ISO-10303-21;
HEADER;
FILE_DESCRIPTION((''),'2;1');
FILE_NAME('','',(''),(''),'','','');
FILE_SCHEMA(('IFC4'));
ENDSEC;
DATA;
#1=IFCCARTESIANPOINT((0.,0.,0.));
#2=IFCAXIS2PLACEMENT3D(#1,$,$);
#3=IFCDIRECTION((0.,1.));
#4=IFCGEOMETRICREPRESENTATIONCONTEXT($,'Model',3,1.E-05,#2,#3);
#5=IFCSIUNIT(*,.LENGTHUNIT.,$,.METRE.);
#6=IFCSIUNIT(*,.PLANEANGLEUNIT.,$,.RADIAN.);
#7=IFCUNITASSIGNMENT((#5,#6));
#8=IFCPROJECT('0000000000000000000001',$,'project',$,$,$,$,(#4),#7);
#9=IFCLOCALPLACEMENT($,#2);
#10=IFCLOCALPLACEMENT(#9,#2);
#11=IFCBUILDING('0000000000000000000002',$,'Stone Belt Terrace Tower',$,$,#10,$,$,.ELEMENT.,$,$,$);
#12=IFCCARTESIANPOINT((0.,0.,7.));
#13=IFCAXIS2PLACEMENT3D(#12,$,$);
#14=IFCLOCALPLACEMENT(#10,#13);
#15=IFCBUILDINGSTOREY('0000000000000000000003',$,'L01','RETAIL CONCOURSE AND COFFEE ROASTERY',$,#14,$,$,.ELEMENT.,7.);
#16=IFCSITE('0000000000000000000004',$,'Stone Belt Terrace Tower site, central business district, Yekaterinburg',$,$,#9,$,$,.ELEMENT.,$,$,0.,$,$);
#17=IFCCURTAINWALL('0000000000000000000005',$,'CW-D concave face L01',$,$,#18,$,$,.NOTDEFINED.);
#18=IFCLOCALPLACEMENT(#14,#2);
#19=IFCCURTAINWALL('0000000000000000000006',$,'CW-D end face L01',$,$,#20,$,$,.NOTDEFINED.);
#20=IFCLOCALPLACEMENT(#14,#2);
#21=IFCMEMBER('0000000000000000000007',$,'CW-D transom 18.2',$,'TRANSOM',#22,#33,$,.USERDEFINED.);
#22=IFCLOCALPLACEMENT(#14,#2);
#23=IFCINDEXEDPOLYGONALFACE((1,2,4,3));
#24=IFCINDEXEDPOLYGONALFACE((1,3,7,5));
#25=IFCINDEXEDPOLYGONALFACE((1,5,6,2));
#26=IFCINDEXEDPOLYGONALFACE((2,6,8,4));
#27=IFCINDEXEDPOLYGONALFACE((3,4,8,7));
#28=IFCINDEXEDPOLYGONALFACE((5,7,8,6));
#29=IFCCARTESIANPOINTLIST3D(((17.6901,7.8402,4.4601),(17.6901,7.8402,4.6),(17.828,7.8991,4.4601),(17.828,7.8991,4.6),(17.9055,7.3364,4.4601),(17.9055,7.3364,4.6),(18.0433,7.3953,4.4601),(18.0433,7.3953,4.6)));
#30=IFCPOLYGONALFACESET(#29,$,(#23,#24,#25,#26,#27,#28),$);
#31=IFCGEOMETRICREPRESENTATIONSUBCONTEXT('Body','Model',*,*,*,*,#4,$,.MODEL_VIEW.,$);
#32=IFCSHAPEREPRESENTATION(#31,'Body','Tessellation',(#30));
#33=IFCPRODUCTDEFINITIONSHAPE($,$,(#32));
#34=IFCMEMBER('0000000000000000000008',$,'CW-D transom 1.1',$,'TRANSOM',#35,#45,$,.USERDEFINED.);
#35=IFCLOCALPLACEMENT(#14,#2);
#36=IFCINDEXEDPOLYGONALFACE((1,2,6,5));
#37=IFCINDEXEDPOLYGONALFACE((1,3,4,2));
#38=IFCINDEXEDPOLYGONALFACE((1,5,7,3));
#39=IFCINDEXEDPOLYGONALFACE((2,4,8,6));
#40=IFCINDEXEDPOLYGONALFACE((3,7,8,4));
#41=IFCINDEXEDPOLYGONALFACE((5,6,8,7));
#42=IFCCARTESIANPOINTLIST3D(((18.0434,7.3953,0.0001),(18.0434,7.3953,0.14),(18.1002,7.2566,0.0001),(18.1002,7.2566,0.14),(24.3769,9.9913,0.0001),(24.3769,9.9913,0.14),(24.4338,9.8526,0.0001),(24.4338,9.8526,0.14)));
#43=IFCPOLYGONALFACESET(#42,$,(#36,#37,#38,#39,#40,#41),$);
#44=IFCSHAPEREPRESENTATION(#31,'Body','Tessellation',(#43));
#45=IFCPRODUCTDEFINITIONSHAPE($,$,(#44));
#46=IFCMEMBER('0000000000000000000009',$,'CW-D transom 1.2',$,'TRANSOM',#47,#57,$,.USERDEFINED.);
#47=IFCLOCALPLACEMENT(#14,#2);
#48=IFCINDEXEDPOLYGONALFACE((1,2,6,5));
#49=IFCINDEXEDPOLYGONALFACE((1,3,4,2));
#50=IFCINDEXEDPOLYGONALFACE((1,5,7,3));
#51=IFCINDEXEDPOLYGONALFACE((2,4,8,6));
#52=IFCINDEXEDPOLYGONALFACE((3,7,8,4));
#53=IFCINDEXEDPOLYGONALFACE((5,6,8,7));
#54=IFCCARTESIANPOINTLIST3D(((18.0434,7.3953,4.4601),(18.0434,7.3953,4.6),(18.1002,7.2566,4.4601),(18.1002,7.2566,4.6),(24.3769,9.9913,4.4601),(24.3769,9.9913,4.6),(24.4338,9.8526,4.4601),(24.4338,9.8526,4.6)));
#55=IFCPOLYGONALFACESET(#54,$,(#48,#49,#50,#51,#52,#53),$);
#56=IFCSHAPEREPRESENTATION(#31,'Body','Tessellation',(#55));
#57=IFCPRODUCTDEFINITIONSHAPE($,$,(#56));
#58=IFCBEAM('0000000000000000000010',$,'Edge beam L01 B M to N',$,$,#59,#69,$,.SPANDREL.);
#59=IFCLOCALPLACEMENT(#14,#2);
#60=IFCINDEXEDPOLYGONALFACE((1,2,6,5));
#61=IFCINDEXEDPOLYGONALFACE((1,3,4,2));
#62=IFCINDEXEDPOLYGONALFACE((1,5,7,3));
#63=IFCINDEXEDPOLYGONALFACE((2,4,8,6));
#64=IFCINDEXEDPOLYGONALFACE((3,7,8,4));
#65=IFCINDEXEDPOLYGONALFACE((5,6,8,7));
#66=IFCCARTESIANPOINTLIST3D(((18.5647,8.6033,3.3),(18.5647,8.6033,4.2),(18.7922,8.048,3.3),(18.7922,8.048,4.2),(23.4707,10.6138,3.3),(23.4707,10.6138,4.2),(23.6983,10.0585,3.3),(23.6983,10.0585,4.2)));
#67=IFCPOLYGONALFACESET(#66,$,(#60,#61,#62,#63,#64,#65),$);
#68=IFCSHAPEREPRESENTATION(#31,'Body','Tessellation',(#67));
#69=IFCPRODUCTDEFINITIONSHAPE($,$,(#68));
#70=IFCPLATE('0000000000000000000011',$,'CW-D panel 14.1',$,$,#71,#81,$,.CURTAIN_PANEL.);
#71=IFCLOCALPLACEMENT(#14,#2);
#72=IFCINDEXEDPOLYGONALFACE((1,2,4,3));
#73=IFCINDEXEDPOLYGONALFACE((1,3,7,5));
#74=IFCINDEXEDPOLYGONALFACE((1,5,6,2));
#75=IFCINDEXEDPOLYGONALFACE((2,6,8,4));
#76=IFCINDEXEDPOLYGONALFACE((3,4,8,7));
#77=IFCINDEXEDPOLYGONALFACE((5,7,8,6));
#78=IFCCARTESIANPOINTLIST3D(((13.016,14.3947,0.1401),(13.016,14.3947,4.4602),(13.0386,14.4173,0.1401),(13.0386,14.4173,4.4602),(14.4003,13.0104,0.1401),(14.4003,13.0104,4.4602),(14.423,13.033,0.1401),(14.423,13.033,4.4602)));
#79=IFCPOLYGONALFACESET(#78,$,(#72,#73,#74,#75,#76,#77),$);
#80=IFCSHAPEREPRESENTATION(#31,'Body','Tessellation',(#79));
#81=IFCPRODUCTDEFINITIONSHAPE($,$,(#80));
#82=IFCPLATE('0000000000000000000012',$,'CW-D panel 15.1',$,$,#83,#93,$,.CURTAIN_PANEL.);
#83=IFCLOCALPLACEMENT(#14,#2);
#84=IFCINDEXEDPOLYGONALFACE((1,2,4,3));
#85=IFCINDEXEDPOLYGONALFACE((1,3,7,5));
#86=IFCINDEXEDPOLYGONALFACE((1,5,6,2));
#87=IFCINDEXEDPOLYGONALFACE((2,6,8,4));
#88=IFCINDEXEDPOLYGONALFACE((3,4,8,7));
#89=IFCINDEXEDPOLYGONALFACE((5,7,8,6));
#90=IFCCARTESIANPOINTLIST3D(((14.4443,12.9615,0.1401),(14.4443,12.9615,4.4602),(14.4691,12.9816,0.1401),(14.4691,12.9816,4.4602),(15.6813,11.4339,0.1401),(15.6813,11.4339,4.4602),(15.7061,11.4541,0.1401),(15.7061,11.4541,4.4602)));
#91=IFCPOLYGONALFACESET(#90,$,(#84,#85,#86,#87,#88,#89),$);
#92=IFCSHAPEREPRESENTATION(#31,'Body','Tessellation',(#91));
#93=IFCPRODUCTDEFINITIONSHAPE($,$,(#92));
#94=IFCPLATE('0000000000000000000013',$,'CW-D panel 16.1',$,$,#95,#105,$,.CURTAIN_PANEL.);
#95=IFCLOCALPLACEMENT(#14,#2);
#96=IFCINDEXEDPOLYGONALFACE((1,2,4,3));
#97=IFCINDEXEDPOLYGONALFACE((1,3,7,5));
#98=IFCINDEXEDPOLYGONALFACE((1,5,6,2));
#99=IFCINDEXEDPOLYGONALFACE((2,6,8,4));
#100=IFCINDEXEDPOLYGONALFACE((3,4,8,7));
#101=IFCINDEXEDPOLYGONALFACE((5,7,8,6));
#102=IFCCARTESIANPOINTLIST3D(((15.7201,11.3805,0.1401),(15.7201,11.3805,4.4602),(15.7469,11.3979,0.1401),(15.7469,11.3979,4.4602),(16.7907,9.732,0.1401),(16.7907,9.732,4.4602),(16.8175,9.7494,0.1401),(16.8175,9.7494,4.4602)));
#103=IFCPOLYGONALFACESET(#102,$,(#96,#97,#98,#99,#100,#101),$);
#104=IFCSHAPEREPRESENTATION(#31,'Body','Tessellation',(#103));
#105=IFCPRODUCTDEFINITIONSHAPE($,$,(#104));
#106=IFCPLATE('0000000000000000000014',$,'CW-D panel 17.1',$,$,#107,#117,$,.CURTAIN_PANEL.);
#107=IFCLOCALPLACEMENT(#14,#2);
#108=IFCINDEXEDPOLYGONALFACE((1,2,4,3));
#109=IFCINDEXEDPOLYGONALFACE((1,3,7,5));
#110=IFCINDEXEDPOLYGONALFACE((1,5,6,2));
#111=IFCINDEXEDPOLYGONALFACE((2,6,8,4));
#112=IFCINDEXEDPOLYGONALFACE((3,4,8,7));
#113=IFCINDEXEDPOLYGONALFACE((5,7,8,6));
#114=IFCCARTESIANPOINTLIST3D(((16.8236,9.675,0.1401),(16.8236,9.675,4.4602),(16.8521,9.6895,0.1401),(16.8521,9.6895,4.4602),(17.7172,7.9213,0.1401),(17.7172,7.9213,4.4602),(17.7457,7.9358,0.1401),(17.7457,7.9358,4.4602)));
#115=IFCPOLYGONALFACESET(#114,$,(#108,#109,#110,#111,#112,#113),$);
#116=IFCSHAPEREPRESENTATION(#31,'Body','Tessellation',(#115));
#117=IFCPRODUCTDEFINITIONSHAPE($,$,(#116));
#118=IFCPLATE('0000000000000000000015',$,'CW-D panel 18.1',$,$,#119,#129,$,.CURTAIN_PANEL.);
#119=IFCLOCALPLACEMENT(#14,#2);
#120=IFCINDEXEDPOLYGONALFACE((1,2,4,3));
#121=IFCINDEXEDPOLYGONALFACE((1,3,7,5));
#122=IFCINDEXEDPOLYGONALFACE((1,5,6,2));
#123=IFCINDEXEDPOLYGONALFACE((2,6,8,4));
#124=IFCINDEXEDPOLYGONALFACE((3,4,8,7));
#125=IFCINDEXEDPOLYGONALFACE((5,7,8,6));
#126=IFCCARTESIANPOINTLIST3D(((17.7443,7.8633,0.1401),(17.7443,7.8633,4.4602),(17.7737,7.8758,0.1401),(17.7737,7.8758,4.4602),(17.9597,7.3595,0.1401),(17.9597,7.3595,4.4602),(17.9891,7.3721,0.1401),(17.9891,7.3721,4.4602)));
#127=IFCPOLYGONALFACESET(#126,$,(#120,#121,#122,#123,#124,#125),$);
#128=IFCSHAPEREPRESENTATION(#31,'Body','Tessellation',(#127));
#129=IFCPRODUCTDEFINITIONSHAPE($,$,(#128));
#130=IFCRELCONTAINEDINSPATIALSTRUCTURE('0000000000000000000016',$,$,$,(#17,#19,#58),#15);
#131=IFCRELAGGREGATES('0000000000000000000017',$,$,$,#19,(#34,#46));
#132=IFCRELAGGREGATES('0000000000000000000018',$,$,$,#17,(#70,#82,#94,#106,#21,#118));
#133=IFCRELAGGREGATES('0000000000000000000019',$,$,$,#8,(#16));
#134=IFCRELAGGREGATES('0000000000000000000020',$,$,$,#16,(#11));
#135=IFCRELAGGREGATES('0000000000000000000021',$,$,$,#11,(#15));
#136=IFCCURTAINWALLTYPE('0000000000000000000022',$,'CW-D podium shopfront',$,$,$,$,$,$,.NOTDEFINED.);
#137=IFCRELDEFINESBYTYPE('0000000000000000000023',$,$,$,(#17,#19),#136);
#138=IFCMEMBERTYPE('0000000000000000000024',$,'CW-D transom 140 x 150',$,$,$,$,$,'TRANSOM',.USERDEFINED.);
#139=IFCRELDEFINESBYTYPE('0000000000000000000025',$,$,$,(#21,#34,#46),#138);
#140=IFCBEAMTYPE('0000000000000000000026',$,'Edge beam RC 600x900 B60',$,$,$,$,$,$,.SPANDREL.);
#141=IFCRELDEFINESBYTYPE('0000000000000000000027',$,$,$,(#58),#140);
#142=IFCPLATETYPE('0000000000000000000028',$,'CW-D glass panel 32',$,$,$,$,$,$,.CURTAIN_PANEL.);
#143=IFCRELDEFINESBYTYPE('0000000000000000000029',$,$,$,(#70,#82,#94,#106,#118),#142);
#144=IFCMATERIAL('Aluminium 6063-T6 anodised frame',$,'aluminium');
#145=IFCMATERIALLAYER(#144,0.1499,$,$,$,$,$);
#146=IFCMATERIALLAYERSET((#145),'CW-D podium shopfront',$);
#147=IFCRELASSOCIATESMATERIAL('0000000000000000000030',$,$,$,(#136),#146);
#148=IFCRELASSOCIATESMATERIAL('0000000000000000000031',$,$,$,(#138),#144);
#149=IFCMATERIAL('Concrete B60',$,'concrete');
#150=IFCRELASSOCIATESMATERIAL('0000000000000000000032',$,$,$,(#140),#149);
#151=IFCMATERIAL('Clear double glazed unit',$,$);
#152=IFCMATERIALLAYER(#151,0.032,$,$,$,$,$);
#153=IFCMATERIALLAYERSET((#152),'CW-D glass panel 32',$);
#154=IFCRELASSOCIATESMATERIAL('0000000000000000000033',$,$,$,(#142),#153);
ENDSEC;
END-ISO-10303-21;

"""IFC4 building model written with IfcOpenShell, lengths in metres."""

from ifc_helpers import new_model, si_unit, direction, frame, origin, origin_2d, place, context, subcontext, project, spatial, rectangle, extrude, material, layer, layer_set, material_profile, profile_set, type_object, element, aggregate, save


model = new_model("IFC4")

# Units and contexts
model_context = context("Model", 3, precision=1e-05, world=origin(), true_north=direction((0.0, 1.0)))
body_context = subcontext(model_context, "Body", "Model", "MODEL_VIEW")
ifc_project = project(units=[si_unit("LENGTHUNIT", "METRE"), si_unit("PLANEANGLEUNIT", "RADIAN")], contexts=[model_context])

# Site, building, storey
site_placement = place(None, origin())
site = spatial("IfcSite", under=ifc_project, at=site_placement, Name="Stone Belt Terrace Tower site, central business district, Yekaterinburg", CompositionType="ELEMENT", RefElevation=0.0)
building_placement = place(site_placement, origin())
building = spatial("IfcBuilding", under=site, at=building_placement, Name="Stone Belt Terrace Tower", CompositionType="ELEMENT")
storey_placement = place(building_placement, frame((0.0, 0.0, 7.0)))
storey = spatial("IfcBuildingStorey", under=building, at=storey_placement, Name="L01", Description="RETAIL CONCOURSE AND COFFEE ROASTERY", CompositionType="ELEMENT", Elevation=7.0)

# Shared definitions
ifc_material_1 = material(Name="Concrete B60", Category="concrete")

# Curtain wall
ifc_material_2 = material(Name="Aluminium 6063-T6 anodised frame", Category="aluminium")
ifc_layer_1 = layer(ifc_material_2, 0.1499)
ifc_layer_set_1 = layer_set([ifc_layer_1], Name="CW-D podium shopfront")
curtain_wall_type = type_object("IfcCurtainWallType", Name="CW-D podium shopfront", PredefinedType="NOTDEFINED", material=ifc_layer_set_1)
curtain_wall_1_placement = place(storey_placement, origin())
curtain_wall_1 = element("IfcCurtainWall", 1, at=curtain_wall_1_placement, inside=storey, type_object=curtain_wall_type, Name="CW-D concave face L01", PredefinedType="NOTDEFINED")

# Curtain wall
curtain_wall_2_placement = place(storey_placement, origin())
curtain_wall_2 = element("IfcCurtainWall", 2, at=curtain_wall_2_placement, inside=storey, type_object=curtain_wall_type, Name="CW-D end face L01", PredefinedType="NOTDEFINED")

# Members
ifc_material_profile_1 = material_profile(ifc_material_2, rectangle(XDim=0.1499, YDim=0.1399, at=origin_2d()), Name="Aluminium 6063-T6 150x140")
ifc_profile_set_1 = profile_set([ifc_material_profile_1], Name="Aluminium 6063-T6 anodised frame")
member_type_1 = type_object("IfcMemberType", Name="CW-D transom 140 x 150", ElementType="TRANSOM", PredefinedType="USERDEFINED", material=ifc_profile_set_1)
member_1_placement = place(storey_placement, frame((17.759, 7.8696, 4.53), z_axis=(0.393112, -0.91949, 0.0), x_axis=(0.91949, 0.393112, 0.0)))
member_1 = element("IfcMember", 3, at=member_1_placement, type_object=member_type_1, Name="CW-D transom 18.2", ObjectType="TRANSOM", PredefinedType="USERDEFINED", context=body_context, shape_type="SweptSolid", body=[
    extrude(rectangle(XDim=0.1499, YDim=0.1399, at=origin_2d()), origin(), (0.0, 0.0, 1.0), 0.5479),
])
member_2_placement = place(storey_placement, frame((18.0718, 7.3259, 0.0701), z_axis=(0.925292, 0.379255, 0.0), x_axis=(-0.379255, 0.925292, 0.0)))
member_2 = element("IfcMember", 4, at=member_2_placement, type_object=member_type_1, Name="CW-D transom 1.1", ObjectType="TRANSOM", PredefinedType="USERDEFINED", context=body_context, shape_type="SweptSolid", body=[
    extrude(rectangle(XDim=0.1499, YDim=0.1399, at=origin_2d()), origin(), (0.0, 0.0, 1.0), 6.845),
])
member_3_placement = place(storey_placement, frame((18.0718, 7.3259, 4.53), z_axis=(0.925292, 0.379255, 0.0), x_axis=(-0.379255, 0.925292, 0.0)))
member_3 = element("IfcMember", 5, at=member_3_placement, type_object=member_type_1, Name="CW-D transom 1.2", ObjectType="TRANSOM", PredefinedType="USERDEFINED", context=body_context, shape_type="SweptSolid", body=[
    extrude(rectangle(XDim=0.1499, YDim=0.1399, at=origin_2d()), origin(), (0.0, 0.0, 1.0), 6.845),
])
aggregate(curtain_wall_2, [member_2, member_3])

# Beam
ifc_material_profile_2 = material_profile(ifc_material_1, rectangle(XDim=0.6001, YDim=0.8999, at=origin_2d()), Name="RC 600x900")
ifc_profile_set_2 = profile_set([ifc_material_profile_2], Name="Concrete B60")
beam_type = type_object("IfcBeamType", Name="Edge beam RC 600x900 B60", PredefinedType="SPANDREL", material=ifc_profile_set_2)
beam_placement = place(storey_placement, frame((18.6785, 8.3257, 3.75), z_axis=(0.925316, 0.379198, 0.0), x_axis=(-0.379198, 0.925316, 0.0)))
element("IfcBeam", 6, at=beam_placement, inside=storey, type_object=beam_type, Name="Edge beam L01 B M to N", PredefinedType="SPANDREL", context=body_context, shape_type="SweptSolid", body=[
    extrude(rectangle(XDim=0.6001, YDim=0.8999, at=origin_2d()), origin(), (0.0, 0.0, 1.0), 5.302),
])

# Plates
ifc_material_3 = material(Name="Clear double glazed unit")
ifc_layer_2 = layer(ifc_material_3, 0.032)
ifc_layer_set_2 = layer_set([ifc_layer_2], Name="CW-D glass panel 32")
plate_type = type_object("IfcPlateType", Name="CW-D glass panel 32", PredefinedType="CURTAIN_PANEL", material=ifc_layer_set_2)
plate_1_placement = place(storey_placement, frame((13.7195, 13.7139, 0.1401), z_axis=(0.0, 0.0, 1.0), x_axis=(0.707107, -0.707107, 0.0)))
plate_1 = element("IfcPlate", 7, at=plate_1_placement, type_object=plate_type, Name="CW-D panel 14.1", PredefinedType="CURTAIN_PANEL", context=body_context, shape_type="SweptSolid", body=[
    extrude(rectangle(XDim=1.9578, YDim=0.032, at=origin_2d()), origin(), (0.0, 0.0, 1.0), 4.3201),
])
plate_2_placement = place(storey_placement, frame((15.0752, 12.2078, 0.1401), z_axis=(0.0, 0.0, 1.0), x_axis=(0.62932, -0.777146, 0.0)))
plate_2 = element("IfcPlate", 8, at=plate_2_placement, type_object=plate_type, Name="CW-D panel 15.1", PredefinedType="CURTAIN_PANEL", context=body_context, shape_type="SweptSolid", body=[
    extrude(rectangle(XDim=1.9656, YDim=0.032, at=origin_2d()), origin(), (0.0, 0.0, 1.0), 4.3201),
])
plate_3_placement = place(storey_placement, frame((16.2688, 10.5649, 0.1401), z_axis=(0.0, 0.0, 1.0), x_axis=(0.544639, -0.838671, 0.0)))
plate_3 = element("IfcPlate", 9, at=plate_3_placement, type_object=plate_type, Name="CW-D panel 16.1", PredefinedType="CURTAIN_PANEL", context=body_context, shape_type="SweptSolid", body=[
    extrude(rectangle(XDim=1.9656, YDim=0.032, at=origin_2d()), origin(), (0.0, 0.0, 1.0), 4.3201),
])
plate_4_placement = place(storey_placement, frame((17.2847, 8.8054, 0.1401), z_axis=(0.0, 0.0, 1.0), x_axis=(0.45399, -0.891007, 0.0)))
plate_4 = element("IfcPlate", 10, at=plate_4_placement, type_object=plate_type, Name="CW-D panel 17.1", PredefinedType="CURTAIN_PANEL", context=body_context, shape_type="SweptSolid", body=[
    extrude(rectangle(XDim=1.9683, YDim=0.032, at=origin_2d()), origin(), (0.0, 0.0, 1.0), 4.3201),
])
plate_5_placement = place(storey_placement, frame((17.8667, 7.6177, 0.1401), z_axis=(0.0, 0.0, 1.0), x_axis=(0.393034, -0.919524, 0.0)))
plate_5 = element("IfcPlate", 11, at=plate_5_placement, type_object=plate_type, Name="CW-D panel 18.1", PredefinedType="CURTAIN_PANEL", context=body_context, shape_type="SweptSolid", body=[
    extrude(rectangle(XDim=0.5479, YDim=0.032, at=origin_2d()), origin(), (0.0, 0.0, 1.0), 4.3201),
])
aggregate(curtain_wall_1, [plate_1, plate_2, plate_3, plate_4, member_1, plate_5])

save(model, "model.ifc")
